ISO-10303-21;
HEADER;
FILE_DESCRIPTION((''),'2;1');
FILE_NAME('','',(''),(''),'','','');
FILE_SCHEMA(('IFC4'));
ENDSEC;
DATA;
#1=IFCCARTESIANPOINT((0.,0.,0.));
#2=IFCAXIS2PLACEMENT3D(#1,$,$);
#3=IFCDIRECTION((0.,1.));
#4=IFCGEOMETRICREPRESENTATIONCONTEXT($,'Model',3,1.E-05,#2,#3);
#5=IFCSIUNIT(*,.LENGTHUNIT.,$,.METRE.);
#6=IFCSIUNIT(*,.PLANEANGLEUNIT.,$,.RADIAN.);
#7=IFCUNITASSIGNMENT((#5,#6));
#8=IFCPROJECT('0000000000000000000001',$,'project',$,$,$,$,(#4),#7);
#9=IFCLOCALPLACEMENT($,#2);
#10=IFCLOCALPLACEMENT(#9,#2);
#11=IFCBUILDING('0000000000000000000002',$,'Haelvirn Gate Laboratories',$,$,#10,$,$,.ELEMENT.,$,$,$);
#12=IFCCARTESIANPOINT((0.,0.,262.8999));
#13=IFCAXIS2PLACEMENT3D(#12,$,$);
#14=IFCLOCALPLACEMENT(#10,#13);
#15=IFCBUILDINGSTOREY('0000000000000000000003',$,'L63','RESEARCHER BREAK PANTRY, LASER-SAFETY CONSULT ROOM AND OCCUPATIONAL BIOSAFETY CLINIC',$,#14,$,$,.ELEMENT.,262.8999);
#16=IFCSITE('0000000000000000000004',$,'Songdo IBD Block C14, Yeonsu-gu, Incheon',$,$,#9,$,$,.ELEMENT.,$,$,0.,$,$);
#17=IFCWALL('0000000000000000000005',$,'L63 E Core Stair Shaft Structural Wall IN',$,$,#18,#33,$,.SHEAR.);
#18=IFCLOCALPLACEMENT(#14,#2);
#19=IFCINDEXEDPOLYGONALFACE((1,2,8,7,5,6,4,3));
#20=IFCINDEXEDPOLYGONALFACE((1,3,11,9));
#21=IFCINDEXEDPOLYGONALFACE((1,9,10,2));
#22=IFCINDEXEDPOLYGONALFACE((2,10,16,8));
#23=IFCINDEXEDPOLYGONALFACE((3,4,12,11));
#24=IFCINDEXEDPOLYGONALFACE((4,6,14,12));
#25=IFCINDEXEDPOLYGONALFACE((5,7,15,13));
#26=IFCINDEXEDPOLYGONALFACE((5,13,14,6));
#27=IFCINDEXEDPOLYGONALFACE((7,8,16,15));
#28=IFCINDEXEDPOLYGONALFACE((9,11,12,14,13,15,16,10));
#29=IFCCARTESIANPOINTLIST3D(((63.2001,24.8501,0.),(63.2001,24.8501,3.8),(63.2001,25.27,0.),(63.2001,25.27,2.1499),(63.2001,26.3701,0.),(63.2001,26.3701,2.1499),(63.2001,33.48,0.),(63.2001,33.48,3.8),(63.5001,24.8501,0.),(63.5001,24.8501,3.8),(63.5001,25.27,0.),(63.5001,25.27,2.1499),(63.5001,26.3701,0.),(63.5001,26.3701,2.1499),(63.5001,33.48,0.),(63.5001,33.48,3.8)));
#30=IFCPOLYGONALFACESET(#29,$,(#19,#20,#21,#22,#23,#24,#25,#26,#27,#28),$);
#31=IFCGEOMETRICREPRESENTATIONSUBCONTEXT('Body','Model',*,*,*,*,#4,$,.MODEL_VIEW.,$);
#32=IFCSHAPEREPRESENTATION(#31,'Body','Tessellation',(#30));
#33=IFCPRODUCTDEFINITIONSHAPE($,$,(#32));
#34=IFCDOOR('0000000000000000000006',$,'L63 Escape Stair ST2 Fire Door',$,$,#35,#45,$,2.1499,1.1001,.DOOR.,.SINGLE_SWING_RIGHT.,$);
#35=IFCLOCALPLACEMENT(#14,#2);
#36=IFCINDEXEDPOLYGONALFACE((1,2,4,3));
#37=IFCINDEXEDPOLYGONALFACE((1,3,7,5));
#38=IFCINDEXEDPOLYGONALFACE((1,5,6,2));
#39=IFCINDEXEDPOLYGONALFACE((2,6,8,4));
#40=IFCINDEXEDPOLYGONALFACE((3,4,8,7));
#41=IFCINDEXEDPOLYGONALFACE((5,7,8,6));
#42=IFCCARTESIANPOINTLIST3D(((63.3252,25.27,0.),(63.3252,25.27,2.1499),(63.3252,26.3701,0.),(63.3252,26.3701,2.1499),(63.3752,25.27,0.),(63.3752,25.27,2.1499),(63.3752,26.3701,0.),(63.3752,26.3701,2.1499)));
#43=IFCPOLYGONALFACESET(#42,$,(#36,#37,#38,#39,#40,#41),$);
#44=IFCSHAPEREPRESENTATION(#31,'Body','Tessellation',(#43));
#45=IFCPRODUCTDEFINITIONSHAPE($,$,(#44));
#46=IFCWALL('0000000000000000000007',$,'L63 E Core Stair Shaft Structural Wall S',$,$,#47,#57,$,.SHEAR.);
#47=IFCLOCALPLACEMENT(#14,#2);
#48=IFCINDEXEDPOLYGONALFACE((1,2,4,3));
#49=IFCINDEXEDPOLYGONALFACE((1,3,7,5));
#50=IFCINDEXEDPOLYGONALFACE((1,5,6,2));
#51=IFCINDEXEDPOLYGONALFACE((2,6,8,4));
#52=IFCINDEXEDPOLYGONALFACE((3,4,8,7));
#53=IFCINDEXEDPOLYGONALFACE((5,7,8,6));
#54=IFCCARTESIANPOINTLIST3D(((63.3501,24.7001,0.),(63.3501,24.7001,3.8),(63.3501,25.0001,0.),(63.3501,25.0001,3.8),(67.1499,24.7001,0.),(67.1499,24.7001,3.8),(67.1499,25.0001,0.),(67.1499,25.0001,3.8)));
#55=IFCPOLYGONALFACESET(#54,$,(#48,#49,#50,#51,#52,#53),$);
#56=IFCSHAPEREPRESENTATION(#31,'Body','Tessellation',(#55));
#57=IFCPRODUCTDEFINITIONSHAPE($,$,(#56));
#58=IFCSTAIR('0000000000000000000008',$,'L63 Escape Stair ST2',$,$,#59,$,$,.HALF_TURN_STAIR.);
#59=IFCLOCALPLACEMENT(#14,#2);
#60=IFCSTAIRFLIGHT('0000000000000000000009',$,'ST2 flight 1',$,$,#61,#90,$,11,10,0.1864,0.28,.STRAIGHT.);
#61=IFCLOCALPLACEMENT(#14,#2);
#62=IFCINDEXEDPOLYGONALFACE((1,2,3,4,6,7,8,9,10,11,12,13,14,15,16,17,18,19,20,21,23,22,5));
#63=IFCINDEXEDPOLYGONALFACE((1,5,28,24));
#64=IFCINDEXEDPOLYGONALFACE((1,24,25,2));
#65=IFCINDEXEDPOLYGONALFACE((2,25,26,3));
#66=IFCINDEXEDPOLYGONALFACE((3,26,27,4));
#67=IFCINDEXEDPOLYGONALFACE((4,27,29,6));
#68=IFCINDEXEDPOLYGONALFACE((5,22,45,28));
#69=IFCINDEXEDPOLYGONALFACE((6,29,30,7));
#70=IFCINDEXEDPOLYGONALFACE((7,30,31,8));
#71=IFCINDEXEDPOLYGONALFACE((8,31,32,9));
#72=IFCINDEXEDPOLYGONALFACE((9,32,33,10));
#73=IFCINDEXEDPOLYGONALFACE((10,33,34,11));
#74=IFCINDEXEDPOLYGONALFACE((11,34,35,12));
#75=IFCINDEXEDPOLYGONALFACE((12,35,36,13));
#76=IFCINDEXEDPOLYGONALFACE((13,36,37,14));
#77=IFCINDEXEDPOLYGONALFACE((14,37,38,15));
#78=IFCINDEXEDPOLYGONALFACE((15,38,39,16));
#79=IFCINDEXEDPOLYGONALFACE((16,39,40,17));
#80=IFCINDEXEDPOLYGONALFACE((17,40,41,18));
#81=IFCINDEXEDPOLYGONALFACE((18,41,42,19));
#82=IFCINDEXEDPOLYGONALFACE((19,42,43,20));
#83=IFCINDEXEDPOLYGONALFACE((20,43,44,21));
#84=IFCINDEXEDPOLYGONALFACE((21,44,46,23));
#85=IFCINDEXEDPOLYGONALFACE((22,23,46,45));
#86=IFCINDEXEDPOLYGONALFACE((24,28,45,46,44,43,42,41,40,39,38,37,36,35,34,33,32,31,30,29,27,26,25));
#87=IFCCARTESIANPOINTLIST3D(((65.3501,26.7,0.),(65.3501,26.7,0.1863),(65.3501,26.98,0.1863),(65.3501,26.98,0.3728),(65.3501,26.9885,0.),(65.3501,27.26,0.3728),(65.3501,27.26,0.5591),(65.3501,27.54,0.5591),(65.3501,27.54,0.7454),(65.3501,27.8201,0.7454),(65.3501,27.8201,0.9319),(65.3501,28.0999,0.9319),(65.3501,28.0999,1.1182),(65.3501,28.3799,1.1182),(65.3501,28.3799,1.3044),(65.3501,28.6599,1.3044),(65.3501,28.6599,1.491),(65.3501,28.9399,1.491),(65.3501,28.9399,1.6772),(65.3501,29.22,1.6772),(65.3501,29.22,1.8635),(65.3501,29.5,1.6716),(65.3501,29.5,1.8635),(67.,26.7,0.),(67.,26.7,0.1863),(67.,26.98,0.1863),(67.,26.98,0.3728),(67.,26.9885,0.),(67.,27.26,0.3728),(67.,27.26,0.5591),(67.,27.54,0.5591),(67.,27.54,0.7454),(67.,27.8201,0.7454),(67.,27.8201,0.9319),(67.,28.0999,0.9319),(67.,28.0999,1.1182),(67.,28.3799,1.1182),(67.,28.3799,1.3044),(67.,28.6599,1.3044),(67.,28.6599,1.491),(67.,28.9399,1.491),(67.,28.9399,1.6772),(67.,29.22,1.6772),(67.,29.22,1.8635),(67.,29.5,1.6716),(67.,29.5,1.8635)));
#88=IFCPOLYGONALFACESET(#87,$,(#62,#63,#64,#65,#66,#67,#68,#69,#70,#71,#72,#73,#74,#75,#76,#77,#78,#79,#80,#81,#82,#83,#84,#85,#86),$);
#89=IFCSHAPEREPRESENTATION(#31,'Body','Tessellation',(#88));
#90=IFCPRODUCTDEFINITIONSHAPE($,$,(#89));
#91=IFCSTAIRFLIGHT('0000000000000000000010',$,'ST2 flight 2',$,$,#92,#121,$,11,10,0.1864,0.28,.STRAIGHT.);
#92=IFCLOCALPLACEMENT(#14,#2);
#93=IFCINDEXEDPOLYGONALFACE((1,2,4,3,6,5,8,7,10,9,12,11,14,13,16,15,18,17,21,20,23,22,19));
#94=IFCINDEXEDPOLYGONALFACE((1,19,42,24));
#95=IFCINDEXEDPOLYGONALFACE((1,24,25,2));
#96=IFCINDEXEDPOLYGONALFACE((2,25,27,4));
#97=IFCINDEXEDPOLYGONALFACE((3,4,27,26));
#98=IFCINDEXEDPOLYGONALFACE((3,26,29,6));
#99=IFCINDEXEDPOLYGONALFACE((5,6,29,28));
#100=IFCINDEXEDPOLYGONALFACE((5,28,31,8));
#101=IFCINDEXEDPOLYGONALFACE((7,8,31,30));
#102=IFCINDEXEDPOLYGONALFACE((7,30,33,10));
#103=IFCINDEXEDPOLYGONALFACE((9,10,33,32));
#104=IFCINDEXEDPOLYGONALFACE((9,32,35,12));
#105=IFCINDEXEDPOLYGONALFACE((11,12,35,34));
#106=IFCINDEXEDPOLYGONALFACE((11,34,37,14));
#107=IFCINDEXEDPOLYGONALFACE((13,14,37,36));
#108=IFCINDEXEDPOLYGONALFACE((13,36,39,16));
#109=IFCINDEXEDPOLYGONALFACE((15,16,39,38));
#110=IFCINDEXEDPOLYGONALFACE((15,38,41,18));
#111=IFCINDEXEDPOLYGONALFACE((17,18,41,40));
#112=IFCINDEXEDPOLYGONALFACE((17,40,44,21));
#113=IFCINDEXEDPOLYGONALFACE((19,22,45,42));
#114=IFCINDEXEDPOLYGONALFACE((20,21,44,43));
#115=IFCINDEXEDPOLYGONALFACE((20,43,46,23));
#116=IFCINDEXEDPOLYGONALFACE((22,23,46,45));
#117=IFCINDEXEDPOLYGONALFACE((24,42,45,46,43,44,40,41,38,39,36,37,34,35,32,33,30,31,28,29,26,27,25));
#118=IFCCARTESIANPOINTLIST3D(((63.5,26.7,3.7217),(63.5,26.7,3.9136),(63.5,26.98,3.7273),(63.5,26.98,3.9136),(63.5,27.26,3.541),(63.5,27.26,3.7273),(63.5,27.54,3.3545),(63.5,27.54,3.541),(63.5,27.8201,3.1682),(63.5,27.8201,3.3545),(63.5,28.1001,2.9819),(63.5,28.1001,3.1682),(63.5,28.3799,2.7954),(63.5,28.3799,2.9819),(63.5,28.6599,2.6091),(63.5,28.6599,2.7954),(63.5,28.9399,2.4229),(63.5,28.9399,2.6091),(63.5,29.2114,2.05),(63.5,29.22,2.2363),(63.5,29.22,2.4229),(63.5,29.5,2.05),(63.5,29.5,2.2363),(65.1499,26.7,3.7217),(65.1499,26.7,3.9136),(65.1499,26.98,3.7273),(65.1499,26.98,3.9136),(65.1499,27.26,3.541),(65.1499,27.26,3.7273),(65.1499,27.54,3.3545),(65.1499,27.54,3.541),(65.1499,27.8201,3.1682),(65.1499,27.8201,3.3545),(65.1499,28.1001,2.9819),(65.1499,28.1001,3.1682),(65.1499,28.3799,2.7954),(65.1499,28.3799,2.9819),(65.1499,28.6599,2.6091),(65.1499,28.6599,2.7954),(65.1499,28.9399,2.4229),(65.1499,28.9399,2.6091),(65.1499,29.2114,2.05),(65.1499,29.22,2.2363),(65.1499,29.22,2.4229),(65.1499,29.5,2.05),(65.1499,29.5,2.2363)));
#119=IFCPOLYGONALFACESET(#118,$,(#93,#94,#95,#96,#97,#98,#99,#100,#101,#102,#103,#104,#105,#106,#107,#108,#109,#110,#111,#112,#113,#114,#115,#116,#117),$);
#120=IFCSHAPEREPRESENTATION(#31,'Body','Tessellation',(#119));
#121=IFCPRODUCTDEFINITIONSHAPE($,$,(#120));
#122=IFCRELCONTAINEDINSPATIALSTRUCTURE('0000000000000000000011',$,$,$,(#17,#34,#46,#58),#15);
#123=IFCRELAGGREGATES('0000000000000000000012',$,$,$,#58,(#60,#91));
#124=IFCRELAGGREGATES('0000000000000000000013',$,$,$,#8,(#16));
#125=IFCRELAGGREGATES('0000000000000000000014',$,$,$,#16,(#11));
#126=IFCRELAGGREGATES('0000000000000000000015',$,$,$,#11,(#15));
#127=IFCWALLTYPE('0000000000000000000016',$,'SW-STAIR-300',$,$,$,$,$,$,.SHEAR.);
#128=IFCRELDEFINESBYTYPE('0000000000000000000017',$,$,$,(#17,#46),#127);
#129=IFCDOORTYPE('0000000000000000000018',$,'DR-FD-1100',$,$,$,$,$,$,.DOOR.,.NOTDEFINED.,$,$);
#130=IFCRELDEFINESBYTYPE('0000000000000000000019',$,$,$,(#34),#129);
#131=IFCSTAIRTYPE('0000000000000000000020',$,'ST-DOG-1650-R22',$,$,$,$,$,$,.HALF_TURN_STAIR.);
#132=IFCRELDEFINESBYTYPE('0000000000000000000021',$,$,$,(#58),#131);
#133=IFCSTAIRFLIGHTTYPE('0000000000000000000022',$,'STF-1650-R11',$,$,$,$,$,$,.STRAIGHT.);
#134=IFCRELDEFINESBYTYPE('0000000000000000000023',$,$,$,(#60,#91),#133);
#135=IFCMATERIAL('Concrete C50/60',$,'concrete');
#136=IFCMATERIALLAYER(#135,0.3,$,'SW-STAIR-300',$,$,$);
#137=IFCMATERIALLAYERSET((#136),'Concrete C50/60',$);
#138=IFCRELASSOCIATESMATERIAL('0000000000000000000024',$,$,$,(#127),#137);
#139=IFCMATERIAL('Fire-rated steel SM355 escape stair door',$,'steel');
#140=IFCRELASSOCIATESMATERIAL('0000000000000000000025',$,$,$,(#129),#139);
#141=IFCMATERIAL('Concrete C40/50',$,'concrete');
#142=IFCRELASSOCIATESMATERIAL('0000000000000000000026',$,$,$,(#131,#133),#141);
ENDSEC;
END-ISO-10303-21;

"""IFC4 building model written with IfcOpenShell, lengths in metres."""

from ifc_helpers import new_model, si_unit, direction, frame, frame_2d, origin, place, context, subcontext, project, spatial, polyline, rectangle, outline, extrude, source, transform, mapped, material, layer, layer_set, type_object, type_shapes, element, fill, aggregate, save


model = new_model("IFC4")

# Units and contexts
model_context = context("Model", 3, precision=1e-05, world=origin(), true_north=direction((0.0, 1.0)))
body_context = subcontext(model_context, "Body", "Model", "MODEL_VIEW")
ifc_project = project(units=[si_unit("LENGTHUNIT", "METRE"), si_unit("PLANEANGLEUNIT", "RADIAN")], contexts=[model_context])

# Site, building, storey
site_placement = place(None, origin())
site = spatial("IfcSite", under=ifc_project, at=site_placement, Name="Songdo IBD Block C14, Yeonsu-gu, Incheon", CompositionType="ELEMENT", RefElevation=0.0)
building_placement = place(site_placement, origin())
building = spatial("IfcBuilding", under=site, at=building_placement, Name="Haelvirn Gate Laboratories", CompositionType="ELEMENT")
storey_placement = place(building_placement, frame((0.0, 0.0, 262.8999)))
storey = spatial("IfcBuildingStorey", under=building, at=storey_placement, Name="L63", Description="RESEARCHER BREAK PANTRY, LASER-SAFETY CONSULT ROOM AND OCCUPATIONAL BIOSAFETY CLINIC", CompositionType="ELEMENT", Elevation=262.8999)

# Shared definitions
ifc_material_1 = material(Name="Concrete C40/50", Category="concrete")

# Shared definitions
ifc_material_2 = material(Name="Concrete C50/60", Category="concrete")

# Wall, opening, door
ifc_layer_1 = layer(ifc_material_2, 0.3, Name="SW-STAIR-300")
ifc_layer_set_1 = layer_set([ifc_layer_1], Name="Concrete C50/60")
wall_type_1 = type_object("IfcWallType", Name="SW-STAIR-300", PredefinedType="SHEAR", material=ifc_layer_set_1)
wall_1_placement = place(storey_placement, frame((63.3501, 24.8501, 0.0), z_axis=(0.0, 0.0, 1.0), x_axis=(0.0, 1.0, 0.0)))
wall_1 = element("IfcWall", 1, at=wall_1_placement, inside=storey, type_object=wall_type_1, Name="L63 E Core Stair Shaft Structural Wall IN", PredefinedType="SHEAR", context=body_context, shape_type="SweptSolid", body=[
    extrude(rectangle(XDim=8.6299, YDim=0.3, at=frame_2d((4.3149, 0.0))), origin(), (0.0, 0.0, 1.0), 3.8),
])
opening_1_placement = place(wall_1_placement, frame((0.4199, 0.0, 0.0)))
opening_1 = element("IfcOpeningElement", 2, at=opening_1_placement, cuts=wall_1, PredefinedType="OPENING", context=body_context, shape_type="SweptSolid", body=[
    extrude(rectangle(XDim=1.1001, YDim=2.1499, at=frame_2d((0.55, 1.075))), frame((0.0, 0.1602, 0.0), z_axis=(0.0, -1.0, 0.0), x_axis=(1.0, 0.0, 0.0)), (0.0, 0.0, 1.0), 0.3201),
])
ifc_material_3 = material(Name="Fire-rated steel SM355 escape stair door", Category="steel")
door_type_1 = type_object("IfcDoorType", Name="DR-FD-1100", OperationType="NOTDEFINED", PredefinedType="DOOR", material=ifc_material_3)
shared_shape_1 = source(origin(), body_context, "Body", "SweptSolid", [
    extrude(rectangle(XDim=1.1001, YDim=2.1499, at=frame_2d((0.55, 1.075))), frame((0.0, 0.0249, 0.0), z_axis=(0.0, -1.0, 0.0), x_axis=(1.0, 0.0, 0.0)), (0.0, 0.0, 1.0), 0.05),
])
type_shapes(door_type_1, [shared_shape_1])
door_1_placement = place(opening_1_placement, origin())
door_1 = element("IfcDoor", 3, at=door_1_placement, inside=storey, type_object=door_type_1, Name="L63 Escape Stair ST2 Fire Door", OperationType="SINGLE_SWING_RIGHT", OverallHeight=2.1499, OverallWidth=1.1001, PredefinedType="DOOR", context=body_context, shape_type="MappedRepresentation", body=[
    mapped(shared_shape_1, transform((0.0, 0.0, 0.0), scale=1.0)),
])
fill(opening_1, door_1)

# Wall
wall_2_placement = place(storey_placement, frame((63.3501, 24.8501, 0.0), z_axis=(0.0, 0.0, 1.0), x_axis=(1.0, 0.0, 0.0)))
element("IfcWall", 4, at=wall_2_placement, inside=storey, type_object=wall_type_1, Name="L63 E Core Stair Shaft Structural Wall S", PredefinedType="SHEAR", context=body_context, shape_type="SweptSolid", body=[
    extrude(rectangle(XDim=3.7998, YDim=0.3, at=frame_2d((1.8999, 0.0))), origin(), (0.0, 0.0, 1.0), 3.8),
])

# Stair, stair flights
stair_type = type_object("IfcStairType", Name="ST-DOG-1650-R22", PredefinedType="HALF_TURN_STAIR", material=ifc_material_1)
stair_placement = place(storey_placement, origin())
stair = element("IfcStair", 5, at=stair_placement, inside=storey, type_object=stair_type, Name="L63 Escape Stair ST2", PredefinedType="HALF_TURN_STAIR")
stair_flight_type = type_object("IfcStairFlightType", Name="STF-1650-R11", PredefinedType="STRAIGHT", material=ifc_material_1)
shared_shape_2 = source(origin(), body_context, "Body", "SweptSolid", [
    extrude(outline(polyline([(0.0, 0.0), (0.0, 0.1863), (0.28, 0.1863), (0.28, 0.3728), (0.5601, 0.3728), (0.5601, 0.5591), (0.8401, 0.5591), (0.8401, 0.7454), (1.1201, 0.7454), (1.1201, 0.9319), (1.3999, 0.9319), (1.3999, 1.1182), (1.6799, 1.1182), (1.6799, 1.3044), (1.96, 1.3044), (1.96, 1.491), (2.24, 1.491), (2.24, 1.6772), (2.52, 1.6772), (2.52, 1.8635), (2.8, 1.8635), (2.8, 2.05), (2.8, 1.6716), (0.2886, 0.0), (0.0, 0.0)])), frame((0.0, 0.825, 0.0), z_axis=(0.0, -1.0, 0.0), x_axis=(1.0, 0.0, 0.0)), (0.0, 0.0, 1.0), 1.6499),
])
type_shapes(stair_flight_type, [shared_shape_2])
stair_flight_1_placement = place(storey_placement, frame((66.175, 26.7, 0.0), z_axis=(0.0, 0.0, 1.0), x_axis=(0.0, 1.0, 0.0)))
stair_flight_1 = element("IfcStairFlight", 6, at=stair_flight_1_placement, type_object=stair_flight_type, Name="ST2 flight 1", NumberOfRisers=11, NumberOfTreads=10, PredefinedType="STRAIGHT", RiserHeight=0.1864, TreadLength=0.28, context=body_context, shape_type="MappedRepresentation", body=[
    mapped(shared_shape_2, transform((0.0, 0.0, 0.0), scale=1.0)),
])
stair_flight_2_placement = place(storey_placement, frame((64.325, 29.5, 2.05), z_axis=(0.0, 0.0, 1.0), x_axis=(0.0, -1.0, 0.0)))
stair_flight_2 = element("IfcStairFlight", 7, at=stair_flight_2_placement, type_object=stair_flight_type, Name="ST2 flight 2", NumberOfRisers=11, NumberOfTreads=10, PredefinedType="STRAIGHT", RiserHeight=0.1864, TreadLength=0.28, context=body_context, shape_type="MappedRepresentation", body=[
    mapped(shared_shape_2, transform((0.0, 0.0, 0.0), scale=1.0)),
])
aggregate(stair, [stair_flight_1, stair_flight_2])

save(model, "model.ifc")
